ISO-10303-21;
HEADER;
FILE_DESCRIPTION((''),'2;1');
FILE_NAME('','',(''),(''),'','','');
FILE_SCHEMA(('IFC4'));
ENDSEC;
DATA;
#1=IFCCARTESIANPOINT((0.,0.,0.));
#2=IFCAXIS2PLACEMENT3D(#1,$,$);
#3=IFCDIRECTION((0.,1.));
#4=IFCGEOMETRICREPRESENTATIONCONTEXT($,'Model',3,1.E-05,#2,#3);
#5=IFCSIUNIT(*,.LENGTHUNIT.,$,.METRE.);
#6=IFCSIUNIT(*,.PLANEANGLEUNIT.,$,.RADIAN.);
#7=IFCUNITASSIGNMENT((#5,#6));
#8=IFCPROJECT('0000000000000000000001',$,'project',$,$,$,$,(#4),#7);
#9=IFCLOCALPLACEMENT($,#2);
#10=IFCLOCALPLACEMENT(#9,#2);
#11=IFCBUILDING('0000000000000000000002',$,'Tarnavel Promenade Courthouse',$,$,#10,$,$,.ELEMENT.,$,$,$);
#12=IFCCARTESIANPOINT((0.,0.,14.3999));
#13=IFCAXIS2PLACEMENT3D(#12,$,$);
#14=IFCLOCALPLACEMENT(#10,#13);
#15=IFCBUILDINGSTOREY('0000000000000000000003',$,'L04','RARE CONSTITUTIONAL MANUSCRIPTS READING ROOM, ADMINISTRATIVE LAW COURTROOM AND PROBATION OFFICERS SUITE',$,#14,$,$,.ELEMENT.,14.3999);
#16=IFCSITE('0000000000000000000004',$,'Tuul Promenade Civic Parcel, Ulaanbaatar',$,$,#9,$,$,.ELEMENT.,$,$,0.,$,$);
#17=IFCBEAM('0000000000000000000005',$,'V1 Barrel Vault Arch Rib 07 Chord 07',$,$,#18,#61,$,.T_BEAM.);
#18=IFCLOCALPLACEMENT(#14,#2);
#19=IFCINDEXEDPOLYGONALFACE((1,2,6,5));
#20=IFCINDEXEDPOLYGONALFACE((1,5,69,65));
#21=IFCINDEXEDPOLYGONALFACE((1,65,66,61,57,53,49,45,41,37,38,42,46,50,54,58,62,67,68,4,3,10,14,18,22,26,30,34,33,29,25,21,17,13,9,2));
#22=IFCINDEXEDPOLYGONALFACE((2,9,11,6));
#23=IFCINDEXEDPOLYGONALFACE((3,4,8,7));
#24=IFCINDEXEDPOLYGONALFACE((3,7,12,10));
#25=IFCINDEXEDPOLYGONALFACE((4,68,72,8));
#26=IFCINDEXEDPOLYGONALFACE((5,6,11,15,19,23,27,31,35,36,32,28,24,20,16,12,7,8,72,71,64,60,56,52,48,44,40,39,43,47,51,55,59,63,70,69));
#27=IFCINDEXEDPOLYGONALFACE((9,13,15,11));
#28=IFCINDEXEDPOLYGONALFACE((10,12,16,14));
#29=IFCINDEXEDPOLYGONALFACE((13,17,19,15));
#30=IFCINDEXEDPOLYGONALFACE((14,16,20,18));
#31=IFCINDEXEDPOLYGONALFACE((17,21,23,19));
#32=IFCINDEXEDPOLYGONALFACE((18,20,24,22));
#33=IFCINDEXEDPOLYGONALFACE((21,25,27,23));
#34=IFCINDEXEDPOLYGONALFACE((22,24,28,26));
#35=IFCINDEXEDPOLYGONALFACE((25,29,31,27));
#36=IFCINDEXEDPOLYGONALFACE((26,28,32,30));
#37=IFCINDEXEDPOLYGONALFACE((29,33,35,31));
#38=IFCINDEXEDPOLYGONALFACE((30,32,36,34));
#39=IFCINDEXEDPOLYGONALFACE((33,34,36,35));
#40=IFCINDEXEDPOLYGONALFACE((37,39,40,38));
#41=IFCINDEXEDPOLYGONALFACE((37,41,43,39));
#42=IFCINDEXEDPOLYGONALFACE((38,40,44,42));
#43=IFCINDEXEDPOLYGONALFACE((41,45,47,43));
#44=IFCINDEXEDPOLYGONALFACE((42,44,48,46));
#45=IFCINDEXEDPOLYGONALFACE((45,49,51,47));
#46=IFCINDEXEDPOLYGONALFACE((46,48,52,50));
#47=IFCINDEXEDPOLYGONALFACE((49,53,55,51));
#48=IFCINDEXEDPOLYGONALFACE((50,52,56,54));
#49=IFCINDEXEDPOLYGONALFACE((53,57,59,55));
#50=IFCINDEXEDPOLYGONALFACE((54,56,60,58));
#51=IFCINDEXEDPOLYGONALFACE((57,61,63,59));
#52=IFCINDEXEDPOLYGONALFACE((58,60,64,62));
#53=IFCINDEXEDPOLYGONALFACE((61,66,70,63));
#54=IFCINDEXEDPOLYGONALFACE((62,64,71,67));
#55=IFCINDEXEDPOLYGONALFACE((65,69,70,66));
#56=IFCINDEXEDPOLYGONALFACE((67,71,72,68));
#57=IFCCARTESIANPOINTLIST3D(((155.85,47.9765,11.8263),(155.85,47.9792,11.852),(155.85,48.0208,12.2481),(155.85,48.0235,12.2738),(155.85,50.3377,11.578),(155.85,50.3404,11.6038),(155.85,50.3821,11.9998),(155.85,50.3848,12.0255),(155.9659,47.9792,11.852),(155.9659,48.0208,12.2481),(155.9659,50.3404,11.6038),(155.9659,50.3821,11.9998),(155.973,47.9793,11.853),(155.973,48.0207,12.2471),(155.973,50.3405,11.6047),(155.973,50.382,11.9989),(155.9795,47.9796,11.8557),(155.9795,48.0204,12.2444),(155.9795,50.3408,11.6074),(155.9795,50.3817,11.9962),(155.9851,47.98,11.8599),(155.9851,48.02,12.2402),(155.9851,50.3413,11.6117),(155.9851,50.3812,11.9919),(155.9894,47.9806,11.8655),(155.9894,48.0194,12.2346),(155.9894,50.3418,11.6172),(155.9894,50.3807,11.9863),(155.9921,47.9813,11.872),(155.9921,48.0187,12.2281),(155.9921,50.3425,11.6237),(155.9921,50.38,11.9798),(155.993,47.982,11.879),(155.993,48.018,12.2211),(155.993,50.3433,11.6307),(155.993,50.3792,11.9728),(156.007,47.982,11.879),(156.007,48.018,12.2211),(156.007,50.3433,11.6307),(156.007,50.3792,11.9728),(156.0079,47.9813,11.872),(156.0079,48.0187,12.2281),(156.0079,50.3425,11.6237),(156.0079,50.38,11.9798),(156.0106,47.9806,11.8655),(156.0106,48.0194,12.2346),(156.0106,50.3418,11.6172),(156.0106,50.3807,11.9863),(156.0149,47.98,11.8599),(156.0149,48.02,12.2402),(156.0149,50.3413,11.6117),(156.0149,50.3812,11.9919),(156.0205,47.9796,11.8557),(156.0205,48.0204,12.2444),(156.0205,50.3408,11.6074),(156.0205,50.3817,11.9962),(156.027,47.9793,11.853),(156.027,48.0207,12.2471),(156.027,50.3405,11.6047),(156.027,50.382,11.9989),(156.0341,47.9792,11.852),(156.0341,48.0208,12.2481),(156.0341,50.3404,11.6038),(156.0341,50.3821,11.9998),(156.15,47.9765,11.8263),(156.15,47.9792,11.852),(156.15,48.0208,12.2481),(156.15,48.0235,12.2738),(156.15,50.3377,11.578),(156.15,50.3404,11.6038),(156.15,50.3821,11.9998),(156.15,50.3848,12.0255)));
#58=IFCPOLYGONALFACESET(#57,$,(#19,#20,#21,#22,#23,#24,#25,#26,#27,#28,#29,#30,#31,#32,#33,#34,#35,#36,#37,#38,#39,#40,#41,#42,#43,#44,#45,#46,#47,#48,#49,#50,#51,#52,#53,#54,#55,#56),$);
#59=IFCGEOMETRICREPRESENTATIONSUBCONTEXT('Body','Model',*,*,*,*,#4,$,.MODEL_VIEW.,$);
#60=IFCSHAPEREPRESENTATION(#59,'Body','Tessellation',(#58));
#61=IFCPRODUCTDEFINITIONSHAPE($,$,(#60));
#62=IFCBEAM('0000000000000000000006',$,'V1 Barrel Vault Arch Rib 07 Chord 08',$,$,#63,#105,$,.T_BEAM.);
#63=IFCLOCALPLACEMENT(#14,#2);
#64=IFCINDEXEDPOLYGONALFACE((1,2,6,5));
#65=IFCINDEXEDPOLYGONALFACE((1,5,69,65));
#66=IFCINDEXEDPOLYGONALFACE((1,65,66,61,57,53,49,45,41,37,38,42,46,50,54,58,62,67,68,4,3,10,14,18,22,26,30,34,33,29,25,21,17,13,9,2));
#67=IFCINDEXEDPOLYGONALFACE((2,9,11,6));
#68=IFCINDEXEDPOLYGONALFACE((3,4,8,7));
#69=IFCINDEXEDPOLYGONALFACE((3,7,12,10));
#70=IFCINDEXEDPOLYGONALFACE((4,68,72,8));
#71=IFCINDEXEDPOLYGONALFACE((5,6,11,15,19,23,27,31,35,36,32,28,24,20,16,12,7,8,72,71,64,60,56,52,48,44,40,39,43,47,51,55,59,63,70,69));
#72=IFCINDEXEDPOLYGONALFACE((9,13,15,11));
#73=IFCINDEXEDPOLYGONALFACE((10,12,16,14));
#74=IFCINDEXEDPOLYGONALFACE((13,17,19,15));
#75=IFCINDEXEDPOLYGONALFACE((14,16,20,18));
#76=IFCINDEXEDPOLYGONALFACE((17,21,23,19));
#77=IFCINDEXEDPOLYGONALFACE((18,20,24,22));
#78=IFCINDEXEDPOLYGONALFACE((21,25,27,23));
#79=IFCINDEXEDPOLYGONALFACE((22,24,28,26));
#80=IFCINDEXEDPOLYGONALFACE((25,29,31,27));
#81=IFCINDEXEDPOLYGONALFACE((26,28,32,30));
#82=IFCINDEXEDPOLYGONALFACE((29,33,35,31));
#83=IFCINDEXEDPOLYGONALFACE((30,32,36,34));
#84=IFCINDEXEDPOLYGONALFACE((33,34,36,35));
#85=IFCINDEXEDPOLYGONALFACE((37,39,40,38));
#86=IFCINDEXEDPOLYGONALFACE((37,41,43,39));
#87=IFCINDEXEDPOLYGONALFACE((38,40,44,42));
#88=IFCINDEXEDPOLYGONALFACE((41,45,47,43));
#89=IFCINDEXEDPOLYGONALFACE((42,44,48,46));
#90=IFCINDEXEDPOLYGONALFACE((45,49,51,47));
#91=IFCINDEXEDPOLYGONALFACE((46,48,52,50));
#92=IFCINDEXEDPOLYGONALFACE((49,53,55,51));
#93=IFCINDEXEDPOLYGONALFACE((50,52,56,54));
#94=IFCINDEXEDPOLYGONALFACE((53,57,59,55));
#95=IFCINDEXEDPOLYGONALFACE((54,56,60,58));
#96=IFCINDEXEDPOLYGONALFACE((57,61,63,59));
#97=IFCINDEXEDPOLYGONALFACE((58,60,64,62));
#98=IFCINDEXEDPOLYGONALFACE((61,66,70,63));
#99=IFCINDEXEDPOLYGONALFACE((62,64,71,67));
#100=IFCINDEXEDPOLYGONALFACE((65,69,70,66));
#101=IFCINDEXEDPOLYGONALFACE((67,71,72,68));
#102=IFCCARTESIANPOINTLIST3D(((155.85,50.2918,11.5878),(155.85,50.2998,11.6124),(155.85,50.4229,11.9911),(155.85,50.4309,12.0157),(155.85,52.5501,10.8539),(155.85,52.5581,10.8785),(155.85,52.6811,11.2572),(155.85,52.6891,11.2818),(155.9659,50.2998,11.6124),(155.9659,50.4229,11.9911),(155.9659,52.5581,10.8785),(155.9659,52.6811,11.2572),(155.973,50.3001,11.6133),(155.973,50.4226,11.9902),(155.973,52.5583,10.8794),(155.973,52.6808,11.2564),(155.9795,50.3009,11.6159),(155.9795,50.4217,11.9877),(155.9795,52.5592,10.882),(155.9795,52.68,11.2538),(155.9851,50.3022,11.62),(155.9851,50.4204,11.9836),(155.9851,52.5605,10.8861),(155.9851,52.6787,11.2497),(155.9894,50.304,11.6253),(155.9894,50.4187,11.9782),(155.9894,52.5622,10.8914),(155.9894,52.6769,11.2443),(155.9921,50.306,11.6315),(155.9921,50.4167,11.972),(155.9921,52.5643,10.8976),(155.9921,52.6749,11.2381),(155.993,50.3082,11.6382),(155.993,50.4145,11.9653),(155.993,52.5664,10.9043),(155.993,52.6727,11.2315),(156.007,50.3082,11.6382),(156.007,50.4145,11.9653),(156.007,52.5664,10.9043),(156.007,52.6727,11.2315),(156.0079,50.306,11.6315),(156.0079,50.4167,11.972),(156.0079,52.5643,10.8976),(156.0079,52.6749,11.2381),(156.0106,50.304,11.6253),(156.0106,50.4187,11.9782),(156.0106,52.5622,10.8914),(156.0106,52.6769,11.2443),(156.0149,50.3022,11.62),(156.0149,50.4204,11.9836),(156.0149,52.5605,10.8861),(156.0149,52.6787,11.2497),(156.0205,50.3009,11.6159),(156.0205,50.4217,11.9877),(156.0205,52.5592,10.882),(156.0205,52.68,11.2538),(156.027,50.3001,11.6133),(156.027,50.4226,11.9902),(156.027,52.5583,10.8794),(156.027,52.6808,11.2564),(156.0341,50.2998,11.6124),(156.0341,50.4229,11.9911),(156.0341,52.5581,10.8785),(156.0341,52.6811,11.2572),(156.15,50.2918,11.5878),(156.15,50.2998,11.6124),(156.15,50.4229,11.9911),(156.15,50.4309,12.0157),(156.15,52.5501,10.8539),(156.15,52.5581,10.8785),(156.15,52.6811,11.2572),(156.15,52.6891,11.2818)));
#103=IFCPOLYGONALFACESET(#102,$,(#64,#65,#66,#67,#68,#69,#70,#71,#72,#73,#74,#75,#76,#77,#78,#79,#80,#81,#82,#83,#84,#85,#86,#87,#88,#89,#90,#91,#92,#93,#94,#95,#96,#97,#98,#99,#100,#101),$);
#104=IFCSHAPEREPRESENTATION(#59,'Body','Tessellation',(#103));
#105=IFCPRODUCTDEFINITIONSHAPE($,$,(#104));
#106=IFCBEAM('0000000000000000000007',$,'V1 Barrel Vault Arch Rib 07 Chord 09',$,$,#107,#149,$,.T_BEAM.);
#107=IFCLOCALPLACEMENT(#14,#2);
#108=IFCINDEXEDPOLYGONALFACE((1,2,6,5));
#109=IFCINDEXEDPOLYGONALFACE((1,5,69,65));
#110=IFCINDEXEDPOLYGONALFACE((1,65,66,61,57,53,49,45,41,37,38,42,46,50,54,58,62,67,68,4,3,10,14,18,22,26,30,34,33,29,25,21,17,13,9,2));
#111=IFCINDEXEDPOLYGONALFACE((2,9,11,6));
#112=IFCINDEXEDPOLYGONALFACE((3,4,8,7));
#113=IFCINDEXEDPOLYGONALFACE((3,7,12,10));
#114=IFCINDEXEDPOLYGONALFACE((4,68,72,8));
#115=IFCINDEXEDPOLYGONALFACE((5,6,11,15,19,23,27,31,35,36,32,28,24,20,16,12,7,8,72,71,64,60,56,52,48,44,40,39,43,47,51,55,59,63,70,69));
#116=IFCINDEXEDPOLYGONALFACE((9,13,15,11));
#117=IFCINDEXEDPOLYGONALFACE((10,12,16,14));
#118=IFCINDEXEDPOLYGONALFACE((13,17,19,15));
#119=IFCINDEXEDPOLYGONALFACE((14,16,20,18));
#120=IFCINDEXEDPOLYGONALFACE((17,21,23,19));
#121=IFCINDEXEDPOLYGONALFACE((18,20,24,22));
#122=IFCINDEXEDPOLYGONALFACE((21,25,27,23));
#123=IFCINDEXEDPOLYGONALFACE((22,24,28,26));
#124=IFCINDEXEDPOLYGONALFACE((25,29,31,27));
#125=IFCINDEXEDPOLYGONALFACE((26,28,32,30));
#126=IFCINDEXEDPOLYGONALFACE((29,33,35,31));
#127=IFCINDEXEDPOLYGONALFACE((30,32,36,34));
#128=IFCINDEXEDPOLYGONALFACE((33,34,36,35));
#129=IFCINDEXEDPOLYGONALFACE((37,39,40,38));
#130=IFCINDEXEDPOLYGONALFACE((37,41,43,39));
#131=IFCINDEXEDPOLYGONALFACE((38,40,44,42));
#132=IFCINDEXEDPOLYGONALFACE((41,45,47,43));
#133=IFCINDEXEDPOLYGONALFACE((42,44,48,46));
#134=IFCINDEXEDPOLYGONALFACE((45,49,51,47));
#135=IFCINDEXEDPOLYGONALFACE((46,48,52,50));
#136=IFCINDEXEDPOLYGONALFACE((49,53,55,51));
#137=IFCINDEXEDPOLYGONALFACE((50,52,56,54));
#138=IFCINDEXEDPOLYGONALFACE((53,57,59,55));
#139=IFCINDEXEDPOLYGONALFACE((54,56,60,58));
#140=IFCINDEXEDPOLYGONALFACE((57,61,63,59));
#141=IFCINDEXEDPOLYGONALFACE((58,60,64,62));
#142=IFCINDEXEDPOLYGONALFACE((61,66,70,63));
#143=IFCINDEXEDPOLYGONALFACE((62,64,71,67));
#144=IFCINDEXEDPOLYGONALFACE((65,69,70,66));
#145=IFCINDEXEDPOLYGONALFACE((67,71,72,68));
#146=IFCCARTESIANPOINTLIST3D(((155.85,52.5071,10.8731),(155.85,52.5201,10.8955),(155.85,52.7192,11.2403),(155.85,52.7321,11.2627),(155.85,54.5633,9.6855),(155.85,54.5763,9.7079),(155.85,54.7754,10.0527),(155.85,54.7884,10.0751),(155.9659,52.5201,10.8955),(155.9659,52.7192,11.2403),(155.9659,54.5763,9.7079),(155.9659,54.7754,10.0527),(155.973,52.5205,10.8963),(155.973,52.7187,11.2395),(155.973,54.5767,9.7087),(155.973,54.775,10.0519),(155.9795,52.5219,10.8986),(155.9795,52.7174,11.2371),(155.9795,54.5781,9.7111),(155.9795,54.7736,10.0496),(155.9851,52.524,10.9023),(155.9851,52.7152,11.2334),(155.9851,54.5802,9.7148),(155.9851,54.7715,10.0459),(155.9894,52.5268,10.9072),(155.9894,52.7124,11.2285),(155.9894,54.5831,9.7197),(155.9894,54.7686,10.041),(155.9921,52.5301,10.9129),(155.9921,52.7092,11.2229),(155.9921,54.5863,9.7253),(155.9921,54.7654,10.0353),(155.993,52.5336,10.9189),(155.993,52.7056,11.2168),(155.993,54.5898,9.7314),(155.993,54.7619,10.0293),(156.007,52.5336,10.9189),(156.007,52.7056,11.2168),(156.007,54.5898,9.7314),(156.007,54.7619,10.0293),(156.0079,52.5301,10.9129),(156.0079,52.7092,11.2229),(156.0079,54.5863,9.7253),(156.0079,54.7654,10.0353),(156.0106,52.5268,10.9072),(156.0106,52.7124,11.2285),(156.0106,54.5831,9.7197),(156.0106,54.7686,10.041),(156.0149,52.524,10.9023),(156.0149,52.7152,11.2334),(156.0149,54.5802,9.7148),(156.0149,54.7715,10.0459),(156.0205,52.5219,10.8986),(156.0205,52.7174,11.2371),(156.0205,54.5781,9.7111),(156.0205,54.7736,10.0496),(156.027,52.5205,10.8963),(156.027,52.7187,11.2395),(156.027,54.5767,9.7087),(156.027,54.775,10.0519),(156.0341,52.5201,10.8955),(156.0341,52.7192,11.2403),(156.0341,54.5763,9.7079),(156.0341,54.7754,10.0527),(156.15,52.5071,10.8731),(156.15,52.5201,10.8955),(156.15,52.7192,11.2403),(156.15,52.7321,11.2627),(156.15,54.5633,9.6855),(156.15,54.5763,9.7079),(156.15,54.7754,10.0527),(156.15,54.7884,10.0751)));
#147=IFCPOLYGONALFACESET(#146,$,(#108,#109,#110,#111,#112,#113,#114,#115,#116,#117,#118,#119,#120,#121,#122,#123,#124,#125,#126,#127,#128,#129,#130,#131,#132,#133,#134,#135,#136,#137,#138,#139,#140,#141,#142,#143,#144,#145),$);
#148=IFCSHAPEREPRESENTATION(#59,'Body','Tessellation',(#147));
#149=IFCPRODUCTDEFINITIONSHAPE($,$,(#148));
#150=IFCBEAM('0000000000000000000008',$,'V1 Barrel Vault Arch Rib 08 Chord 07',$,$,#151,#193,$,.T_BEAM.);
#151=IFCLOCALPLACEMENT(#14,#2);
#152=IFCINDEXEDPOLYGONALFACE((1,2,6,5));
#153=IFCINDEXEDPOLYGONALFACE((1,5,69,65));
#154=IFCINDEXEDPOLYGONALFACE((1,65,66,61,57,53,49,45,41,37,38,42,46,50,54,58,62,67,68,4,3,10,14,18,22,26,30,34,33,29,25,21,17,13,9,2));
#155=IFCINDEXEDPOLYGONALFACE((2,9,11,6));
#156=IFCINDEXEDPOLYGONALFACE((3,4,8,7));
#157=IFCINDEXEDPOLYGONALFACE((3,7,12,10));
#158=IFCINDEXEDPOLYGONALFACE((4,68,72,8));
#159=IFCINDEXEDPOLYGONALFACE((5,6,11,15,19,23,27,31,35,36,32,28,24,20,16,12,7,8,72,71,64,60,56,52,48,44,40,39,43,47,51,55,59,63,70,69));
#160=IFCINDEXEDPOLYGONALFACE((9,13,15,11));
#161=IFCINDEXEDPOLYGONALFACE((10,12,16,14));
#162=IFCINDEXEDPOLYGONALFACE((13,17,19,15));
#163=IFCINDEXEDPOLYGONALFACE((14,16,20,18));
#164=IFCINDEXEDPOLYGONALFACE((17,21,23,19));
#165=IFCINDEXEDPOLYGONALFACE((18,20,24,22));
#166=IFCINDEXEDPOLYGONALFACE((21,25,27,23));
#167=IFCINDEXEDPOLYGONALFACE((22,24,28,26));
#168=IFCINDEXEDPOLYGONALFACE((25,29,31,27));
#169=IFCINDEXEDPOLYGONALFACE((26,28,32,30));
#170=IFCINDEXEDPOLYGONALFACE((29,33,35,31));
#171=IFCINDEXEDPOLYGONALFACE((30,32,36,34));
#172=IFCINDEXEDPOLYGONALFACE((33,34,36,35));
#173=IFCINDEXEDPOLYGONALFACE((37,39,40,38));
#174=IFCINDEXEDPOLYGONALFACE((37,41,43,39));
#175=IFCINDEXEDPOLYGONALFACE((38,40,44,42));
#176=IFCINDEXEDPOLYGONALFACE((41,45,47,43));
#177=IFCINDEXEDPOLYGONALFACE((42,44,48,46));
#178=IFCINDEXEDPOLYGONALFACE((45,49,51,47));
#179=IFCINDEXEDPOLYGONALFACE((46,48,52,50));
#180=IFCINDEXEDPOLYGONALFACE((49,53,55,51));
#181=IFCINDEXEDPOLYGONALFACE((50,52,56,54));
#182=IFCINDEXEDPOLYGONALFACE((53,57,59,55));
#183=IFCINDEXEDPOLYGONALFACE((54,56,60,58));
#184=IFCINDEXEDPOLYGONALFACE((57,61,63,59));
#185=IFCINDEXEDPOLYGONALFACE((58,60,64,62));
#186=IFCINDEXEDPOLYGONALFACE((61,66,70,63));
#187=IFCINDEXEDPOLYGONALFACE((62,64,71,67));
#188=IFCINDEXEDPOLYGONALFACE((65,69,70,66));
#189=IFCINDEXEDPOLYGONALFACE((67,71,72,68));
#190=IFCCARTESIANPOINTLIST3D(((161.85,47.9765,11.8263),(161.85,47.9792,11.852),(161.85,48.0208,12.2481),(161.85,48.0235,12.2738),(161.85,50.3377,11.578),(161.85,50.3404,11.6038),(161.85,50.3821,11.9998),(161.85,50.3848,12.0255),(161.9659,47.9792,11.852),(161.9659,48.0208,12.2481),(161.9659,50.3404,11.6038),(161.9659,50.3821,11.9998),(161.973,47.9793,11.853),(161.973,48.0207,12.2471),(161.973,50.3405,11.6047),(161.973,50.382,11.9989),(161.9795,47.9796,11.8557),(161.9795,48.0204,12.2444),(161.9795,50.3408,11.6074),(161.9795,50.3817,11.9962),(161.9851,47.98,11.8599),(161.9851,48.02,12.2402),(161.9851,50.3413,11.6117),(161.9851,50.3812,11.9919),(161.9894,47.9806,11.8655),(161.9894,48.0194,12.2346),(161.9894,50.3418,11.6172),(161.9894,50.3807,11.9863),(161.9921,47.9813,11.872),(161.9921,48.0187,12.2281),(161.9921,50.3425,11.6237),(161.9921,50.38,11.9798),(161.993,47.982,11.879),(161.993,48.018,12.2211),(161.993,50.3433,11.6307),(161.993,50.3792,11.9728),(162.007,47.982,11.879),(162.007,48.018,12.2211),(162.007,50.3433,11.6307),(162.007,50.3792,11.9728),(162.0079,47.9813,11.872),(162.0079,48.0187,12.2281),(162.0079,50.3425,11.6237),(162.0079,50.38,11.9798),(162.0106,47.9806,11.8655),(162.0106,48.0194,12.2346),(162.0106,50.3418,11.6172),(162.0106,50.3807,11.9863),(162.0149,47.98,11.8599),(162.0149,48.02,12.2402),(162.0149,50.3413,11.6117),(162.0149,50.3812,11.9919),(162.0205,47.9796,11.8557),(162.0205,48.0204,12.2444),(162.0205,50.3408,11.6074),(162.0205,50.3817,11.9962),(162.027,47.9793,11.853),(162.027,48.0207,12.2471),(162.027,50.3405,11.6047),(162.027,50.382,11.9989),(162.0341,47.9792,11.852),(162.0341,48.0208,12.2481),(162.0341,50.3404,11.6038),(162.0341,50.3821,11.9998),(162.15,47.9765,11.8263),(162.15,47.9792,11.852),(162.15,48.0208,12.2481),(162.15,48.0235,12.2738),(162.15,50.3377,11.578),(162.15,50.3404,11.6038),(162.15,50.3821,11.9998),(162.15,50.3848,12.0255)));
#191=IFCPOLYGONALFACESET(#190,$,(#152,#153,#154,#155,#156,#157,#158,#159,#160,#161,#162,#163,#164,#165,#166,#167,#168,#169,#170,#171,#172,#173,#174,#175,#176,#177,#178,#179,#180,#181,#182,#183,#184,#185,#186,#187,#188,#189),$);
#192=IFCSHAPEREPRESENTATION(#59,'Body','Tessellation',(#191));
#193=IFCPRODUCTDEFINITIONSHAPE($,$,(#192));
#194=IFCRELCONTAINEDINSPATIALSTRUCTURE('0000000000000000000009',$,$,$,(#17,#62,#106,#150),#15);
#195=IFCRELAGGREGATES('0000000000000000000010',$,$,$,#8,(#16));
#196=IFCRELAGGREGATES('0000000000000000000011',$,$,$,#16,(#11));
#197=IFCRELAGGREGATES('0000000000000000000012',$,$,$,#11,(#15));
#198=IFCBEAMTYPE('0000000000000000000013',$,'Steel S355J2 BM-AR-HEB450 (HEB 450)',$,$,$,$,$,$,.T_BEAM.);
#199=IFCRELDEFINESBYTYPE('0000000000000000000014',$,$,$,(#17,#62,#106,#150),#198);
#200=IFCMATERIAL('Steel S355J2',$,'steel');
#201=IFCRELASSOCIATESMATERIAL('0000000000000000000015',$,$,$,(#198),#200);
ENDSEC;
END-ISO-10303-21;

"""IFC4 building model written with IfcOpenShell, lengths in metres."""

from ifc_helpers import new_model, si_unit, direction, frame, origin, origin_2d, place, context, subcontext, project, spatial, i_section, extrude, material, material_profile, profile_set, type_object, element, save


model = new_model("IFC4")

# Units and contexts
model_context = context("Model", 3, precision=1e-05, world=origin(), true_north=direction((0.0, 1.0)))
body_context = subcontext(model_context, "Body", "Model", "MODEL_VIEW")
ifc_project = project(units=[si_unit("LENGTHUNIT", "METRE"), si_unit("PLANEANGLEUNIT", "RADIAN")], contexts=[model_context])

# Site, building, storey
site_placement = place(None, origin())
site = spatial("IfcSite", under=ifc_project, at=site_placement, Name="Tuul Promenade Civic Parcel, Ulaanbaatar", CompositionType="ELEMENT", RefElevation=0.0)
building_placement = place(site_placement, origin())
building = spatial("IfcBuilding", under=site, at=building_placement, Name="Tarnavel Promenade Courthouse", CompositionType="ELEMENT")
storey_placement = place(building_placement, frame((0.0, 0.0, 14.3999)))
storey = spatial("IfcBuildingStorey", under=building, at=storey_placement, Name="L04", Description="RARE CONSTITUTIONAL MANUSCRIPTS READING ROOM, ADMINISTRATIVE LAW COURTROOM AND PROBATION OFFICERS SUITE", CompositionType="ELEMENT", Elevation=14.3999)

# Beams
ifc_material_1 = material(Name="Steel S355J2", Category="steel")
ifc_material_profile_1 = material_profile(ifc_material_1, i_section(OverallWidth=0.3, OverallDepth=0.45, WebThickness=0.0139, FlangeThickness=0.0259, FilletRadius=0.0271, at=origin_2d()), Name="HEB 450")
ifc_profile_set_1 = profile_set([ifc_material_profile_1], Name="Steel S355J2")
beam_type = type_object("IfcBeamType", Name="Steel S355J2 BM-AR-HEB450 (HEB 450)", PredefinedType="T_BEAM", material=ifc_profile_set_1)
beam_1_placement = place(storey_placement, frame((156.0, 48.0, 12.05), z_axis=(0.0, 0.994517, -0.104572), x_axis=(-1.0, 0.0, 0.0)))
element("IfcBeam", 1, at=beam_1_placement, inside=storey, type_object=beam_type, Name="V1 Barrel Vault Arch Rib 07 Chord 07", PredefinedType="T_BEAM", context=body_context, shape_type="SweptSolid", body=[
    extrude(i_section(OverallWidth=0.3, OverallDepth=0.45, WebThickness=0.0139, FlangeThickness=0.0259, FilletRadius=0.0271, at=origin_2d()), origin(), (0.0, 0.0, 1.0), 2.3743),
])
for number, where, z_axis, x_axis, name in (
    (2, (156.0, 50.3613, 11.8018), (0.0, 0.951042, -0.309063), (-1.0, 0.0, 0.0), "V1 Barrel Vault Arch Rib 07 Chord 08"),
    (3, (156.0, 52.6196, 11.0679), (0.0, 0.865956, -0.50012), (-1.0, 0.0, 0.0), "V1 Barrel Vault Arch Rib 07 Chord 09"),
):
    element("IfcBeam", number, at=place(storey_placement, frame(where, z_axis=z_axis, x_axis=x_axis)), inside=storey, type_object=beam_type, Name=name, PredefinedType="T_BEAM", context=body_context, shape_type="SweptSolid", body=[
        extrude(i_section(OverallWidth=0.3, OverallDepth=0.45, WebThickness=0.0139, FlangeThickness=0.0259, FilletRadius=0.0271, at=origin_2d()), origin(), (0.0, 0.0, 1.0), 2.3745),
    ])
beam_2_placement = place(storey_placement, frame((162.0, 48.0, 12.05), z_axis=(0.0, 0.994517, -0.104572), x_axis=(-1.0, 0.0, 0.0)))
element("IfcBeam", 4, at=beam_2_placement, inside=storey, type_object=beam_type, Name="V1 Barrel Vault Arch Rib 08 Chord 07", PredefinedType="T_BEAM", context=body_context, shape_type="SweptSolid", body=[
    extrude(i_section(OverallWidth=0.3, OverallDepth=0.45, WebThickness=0.0139, FlangeThickness=0.0259, FilletRadius=0.0271, at=origin_2d()), origin(), (0.0, 0.0, 1.0), 2.3743),
])

save(model, "model.ifc")
